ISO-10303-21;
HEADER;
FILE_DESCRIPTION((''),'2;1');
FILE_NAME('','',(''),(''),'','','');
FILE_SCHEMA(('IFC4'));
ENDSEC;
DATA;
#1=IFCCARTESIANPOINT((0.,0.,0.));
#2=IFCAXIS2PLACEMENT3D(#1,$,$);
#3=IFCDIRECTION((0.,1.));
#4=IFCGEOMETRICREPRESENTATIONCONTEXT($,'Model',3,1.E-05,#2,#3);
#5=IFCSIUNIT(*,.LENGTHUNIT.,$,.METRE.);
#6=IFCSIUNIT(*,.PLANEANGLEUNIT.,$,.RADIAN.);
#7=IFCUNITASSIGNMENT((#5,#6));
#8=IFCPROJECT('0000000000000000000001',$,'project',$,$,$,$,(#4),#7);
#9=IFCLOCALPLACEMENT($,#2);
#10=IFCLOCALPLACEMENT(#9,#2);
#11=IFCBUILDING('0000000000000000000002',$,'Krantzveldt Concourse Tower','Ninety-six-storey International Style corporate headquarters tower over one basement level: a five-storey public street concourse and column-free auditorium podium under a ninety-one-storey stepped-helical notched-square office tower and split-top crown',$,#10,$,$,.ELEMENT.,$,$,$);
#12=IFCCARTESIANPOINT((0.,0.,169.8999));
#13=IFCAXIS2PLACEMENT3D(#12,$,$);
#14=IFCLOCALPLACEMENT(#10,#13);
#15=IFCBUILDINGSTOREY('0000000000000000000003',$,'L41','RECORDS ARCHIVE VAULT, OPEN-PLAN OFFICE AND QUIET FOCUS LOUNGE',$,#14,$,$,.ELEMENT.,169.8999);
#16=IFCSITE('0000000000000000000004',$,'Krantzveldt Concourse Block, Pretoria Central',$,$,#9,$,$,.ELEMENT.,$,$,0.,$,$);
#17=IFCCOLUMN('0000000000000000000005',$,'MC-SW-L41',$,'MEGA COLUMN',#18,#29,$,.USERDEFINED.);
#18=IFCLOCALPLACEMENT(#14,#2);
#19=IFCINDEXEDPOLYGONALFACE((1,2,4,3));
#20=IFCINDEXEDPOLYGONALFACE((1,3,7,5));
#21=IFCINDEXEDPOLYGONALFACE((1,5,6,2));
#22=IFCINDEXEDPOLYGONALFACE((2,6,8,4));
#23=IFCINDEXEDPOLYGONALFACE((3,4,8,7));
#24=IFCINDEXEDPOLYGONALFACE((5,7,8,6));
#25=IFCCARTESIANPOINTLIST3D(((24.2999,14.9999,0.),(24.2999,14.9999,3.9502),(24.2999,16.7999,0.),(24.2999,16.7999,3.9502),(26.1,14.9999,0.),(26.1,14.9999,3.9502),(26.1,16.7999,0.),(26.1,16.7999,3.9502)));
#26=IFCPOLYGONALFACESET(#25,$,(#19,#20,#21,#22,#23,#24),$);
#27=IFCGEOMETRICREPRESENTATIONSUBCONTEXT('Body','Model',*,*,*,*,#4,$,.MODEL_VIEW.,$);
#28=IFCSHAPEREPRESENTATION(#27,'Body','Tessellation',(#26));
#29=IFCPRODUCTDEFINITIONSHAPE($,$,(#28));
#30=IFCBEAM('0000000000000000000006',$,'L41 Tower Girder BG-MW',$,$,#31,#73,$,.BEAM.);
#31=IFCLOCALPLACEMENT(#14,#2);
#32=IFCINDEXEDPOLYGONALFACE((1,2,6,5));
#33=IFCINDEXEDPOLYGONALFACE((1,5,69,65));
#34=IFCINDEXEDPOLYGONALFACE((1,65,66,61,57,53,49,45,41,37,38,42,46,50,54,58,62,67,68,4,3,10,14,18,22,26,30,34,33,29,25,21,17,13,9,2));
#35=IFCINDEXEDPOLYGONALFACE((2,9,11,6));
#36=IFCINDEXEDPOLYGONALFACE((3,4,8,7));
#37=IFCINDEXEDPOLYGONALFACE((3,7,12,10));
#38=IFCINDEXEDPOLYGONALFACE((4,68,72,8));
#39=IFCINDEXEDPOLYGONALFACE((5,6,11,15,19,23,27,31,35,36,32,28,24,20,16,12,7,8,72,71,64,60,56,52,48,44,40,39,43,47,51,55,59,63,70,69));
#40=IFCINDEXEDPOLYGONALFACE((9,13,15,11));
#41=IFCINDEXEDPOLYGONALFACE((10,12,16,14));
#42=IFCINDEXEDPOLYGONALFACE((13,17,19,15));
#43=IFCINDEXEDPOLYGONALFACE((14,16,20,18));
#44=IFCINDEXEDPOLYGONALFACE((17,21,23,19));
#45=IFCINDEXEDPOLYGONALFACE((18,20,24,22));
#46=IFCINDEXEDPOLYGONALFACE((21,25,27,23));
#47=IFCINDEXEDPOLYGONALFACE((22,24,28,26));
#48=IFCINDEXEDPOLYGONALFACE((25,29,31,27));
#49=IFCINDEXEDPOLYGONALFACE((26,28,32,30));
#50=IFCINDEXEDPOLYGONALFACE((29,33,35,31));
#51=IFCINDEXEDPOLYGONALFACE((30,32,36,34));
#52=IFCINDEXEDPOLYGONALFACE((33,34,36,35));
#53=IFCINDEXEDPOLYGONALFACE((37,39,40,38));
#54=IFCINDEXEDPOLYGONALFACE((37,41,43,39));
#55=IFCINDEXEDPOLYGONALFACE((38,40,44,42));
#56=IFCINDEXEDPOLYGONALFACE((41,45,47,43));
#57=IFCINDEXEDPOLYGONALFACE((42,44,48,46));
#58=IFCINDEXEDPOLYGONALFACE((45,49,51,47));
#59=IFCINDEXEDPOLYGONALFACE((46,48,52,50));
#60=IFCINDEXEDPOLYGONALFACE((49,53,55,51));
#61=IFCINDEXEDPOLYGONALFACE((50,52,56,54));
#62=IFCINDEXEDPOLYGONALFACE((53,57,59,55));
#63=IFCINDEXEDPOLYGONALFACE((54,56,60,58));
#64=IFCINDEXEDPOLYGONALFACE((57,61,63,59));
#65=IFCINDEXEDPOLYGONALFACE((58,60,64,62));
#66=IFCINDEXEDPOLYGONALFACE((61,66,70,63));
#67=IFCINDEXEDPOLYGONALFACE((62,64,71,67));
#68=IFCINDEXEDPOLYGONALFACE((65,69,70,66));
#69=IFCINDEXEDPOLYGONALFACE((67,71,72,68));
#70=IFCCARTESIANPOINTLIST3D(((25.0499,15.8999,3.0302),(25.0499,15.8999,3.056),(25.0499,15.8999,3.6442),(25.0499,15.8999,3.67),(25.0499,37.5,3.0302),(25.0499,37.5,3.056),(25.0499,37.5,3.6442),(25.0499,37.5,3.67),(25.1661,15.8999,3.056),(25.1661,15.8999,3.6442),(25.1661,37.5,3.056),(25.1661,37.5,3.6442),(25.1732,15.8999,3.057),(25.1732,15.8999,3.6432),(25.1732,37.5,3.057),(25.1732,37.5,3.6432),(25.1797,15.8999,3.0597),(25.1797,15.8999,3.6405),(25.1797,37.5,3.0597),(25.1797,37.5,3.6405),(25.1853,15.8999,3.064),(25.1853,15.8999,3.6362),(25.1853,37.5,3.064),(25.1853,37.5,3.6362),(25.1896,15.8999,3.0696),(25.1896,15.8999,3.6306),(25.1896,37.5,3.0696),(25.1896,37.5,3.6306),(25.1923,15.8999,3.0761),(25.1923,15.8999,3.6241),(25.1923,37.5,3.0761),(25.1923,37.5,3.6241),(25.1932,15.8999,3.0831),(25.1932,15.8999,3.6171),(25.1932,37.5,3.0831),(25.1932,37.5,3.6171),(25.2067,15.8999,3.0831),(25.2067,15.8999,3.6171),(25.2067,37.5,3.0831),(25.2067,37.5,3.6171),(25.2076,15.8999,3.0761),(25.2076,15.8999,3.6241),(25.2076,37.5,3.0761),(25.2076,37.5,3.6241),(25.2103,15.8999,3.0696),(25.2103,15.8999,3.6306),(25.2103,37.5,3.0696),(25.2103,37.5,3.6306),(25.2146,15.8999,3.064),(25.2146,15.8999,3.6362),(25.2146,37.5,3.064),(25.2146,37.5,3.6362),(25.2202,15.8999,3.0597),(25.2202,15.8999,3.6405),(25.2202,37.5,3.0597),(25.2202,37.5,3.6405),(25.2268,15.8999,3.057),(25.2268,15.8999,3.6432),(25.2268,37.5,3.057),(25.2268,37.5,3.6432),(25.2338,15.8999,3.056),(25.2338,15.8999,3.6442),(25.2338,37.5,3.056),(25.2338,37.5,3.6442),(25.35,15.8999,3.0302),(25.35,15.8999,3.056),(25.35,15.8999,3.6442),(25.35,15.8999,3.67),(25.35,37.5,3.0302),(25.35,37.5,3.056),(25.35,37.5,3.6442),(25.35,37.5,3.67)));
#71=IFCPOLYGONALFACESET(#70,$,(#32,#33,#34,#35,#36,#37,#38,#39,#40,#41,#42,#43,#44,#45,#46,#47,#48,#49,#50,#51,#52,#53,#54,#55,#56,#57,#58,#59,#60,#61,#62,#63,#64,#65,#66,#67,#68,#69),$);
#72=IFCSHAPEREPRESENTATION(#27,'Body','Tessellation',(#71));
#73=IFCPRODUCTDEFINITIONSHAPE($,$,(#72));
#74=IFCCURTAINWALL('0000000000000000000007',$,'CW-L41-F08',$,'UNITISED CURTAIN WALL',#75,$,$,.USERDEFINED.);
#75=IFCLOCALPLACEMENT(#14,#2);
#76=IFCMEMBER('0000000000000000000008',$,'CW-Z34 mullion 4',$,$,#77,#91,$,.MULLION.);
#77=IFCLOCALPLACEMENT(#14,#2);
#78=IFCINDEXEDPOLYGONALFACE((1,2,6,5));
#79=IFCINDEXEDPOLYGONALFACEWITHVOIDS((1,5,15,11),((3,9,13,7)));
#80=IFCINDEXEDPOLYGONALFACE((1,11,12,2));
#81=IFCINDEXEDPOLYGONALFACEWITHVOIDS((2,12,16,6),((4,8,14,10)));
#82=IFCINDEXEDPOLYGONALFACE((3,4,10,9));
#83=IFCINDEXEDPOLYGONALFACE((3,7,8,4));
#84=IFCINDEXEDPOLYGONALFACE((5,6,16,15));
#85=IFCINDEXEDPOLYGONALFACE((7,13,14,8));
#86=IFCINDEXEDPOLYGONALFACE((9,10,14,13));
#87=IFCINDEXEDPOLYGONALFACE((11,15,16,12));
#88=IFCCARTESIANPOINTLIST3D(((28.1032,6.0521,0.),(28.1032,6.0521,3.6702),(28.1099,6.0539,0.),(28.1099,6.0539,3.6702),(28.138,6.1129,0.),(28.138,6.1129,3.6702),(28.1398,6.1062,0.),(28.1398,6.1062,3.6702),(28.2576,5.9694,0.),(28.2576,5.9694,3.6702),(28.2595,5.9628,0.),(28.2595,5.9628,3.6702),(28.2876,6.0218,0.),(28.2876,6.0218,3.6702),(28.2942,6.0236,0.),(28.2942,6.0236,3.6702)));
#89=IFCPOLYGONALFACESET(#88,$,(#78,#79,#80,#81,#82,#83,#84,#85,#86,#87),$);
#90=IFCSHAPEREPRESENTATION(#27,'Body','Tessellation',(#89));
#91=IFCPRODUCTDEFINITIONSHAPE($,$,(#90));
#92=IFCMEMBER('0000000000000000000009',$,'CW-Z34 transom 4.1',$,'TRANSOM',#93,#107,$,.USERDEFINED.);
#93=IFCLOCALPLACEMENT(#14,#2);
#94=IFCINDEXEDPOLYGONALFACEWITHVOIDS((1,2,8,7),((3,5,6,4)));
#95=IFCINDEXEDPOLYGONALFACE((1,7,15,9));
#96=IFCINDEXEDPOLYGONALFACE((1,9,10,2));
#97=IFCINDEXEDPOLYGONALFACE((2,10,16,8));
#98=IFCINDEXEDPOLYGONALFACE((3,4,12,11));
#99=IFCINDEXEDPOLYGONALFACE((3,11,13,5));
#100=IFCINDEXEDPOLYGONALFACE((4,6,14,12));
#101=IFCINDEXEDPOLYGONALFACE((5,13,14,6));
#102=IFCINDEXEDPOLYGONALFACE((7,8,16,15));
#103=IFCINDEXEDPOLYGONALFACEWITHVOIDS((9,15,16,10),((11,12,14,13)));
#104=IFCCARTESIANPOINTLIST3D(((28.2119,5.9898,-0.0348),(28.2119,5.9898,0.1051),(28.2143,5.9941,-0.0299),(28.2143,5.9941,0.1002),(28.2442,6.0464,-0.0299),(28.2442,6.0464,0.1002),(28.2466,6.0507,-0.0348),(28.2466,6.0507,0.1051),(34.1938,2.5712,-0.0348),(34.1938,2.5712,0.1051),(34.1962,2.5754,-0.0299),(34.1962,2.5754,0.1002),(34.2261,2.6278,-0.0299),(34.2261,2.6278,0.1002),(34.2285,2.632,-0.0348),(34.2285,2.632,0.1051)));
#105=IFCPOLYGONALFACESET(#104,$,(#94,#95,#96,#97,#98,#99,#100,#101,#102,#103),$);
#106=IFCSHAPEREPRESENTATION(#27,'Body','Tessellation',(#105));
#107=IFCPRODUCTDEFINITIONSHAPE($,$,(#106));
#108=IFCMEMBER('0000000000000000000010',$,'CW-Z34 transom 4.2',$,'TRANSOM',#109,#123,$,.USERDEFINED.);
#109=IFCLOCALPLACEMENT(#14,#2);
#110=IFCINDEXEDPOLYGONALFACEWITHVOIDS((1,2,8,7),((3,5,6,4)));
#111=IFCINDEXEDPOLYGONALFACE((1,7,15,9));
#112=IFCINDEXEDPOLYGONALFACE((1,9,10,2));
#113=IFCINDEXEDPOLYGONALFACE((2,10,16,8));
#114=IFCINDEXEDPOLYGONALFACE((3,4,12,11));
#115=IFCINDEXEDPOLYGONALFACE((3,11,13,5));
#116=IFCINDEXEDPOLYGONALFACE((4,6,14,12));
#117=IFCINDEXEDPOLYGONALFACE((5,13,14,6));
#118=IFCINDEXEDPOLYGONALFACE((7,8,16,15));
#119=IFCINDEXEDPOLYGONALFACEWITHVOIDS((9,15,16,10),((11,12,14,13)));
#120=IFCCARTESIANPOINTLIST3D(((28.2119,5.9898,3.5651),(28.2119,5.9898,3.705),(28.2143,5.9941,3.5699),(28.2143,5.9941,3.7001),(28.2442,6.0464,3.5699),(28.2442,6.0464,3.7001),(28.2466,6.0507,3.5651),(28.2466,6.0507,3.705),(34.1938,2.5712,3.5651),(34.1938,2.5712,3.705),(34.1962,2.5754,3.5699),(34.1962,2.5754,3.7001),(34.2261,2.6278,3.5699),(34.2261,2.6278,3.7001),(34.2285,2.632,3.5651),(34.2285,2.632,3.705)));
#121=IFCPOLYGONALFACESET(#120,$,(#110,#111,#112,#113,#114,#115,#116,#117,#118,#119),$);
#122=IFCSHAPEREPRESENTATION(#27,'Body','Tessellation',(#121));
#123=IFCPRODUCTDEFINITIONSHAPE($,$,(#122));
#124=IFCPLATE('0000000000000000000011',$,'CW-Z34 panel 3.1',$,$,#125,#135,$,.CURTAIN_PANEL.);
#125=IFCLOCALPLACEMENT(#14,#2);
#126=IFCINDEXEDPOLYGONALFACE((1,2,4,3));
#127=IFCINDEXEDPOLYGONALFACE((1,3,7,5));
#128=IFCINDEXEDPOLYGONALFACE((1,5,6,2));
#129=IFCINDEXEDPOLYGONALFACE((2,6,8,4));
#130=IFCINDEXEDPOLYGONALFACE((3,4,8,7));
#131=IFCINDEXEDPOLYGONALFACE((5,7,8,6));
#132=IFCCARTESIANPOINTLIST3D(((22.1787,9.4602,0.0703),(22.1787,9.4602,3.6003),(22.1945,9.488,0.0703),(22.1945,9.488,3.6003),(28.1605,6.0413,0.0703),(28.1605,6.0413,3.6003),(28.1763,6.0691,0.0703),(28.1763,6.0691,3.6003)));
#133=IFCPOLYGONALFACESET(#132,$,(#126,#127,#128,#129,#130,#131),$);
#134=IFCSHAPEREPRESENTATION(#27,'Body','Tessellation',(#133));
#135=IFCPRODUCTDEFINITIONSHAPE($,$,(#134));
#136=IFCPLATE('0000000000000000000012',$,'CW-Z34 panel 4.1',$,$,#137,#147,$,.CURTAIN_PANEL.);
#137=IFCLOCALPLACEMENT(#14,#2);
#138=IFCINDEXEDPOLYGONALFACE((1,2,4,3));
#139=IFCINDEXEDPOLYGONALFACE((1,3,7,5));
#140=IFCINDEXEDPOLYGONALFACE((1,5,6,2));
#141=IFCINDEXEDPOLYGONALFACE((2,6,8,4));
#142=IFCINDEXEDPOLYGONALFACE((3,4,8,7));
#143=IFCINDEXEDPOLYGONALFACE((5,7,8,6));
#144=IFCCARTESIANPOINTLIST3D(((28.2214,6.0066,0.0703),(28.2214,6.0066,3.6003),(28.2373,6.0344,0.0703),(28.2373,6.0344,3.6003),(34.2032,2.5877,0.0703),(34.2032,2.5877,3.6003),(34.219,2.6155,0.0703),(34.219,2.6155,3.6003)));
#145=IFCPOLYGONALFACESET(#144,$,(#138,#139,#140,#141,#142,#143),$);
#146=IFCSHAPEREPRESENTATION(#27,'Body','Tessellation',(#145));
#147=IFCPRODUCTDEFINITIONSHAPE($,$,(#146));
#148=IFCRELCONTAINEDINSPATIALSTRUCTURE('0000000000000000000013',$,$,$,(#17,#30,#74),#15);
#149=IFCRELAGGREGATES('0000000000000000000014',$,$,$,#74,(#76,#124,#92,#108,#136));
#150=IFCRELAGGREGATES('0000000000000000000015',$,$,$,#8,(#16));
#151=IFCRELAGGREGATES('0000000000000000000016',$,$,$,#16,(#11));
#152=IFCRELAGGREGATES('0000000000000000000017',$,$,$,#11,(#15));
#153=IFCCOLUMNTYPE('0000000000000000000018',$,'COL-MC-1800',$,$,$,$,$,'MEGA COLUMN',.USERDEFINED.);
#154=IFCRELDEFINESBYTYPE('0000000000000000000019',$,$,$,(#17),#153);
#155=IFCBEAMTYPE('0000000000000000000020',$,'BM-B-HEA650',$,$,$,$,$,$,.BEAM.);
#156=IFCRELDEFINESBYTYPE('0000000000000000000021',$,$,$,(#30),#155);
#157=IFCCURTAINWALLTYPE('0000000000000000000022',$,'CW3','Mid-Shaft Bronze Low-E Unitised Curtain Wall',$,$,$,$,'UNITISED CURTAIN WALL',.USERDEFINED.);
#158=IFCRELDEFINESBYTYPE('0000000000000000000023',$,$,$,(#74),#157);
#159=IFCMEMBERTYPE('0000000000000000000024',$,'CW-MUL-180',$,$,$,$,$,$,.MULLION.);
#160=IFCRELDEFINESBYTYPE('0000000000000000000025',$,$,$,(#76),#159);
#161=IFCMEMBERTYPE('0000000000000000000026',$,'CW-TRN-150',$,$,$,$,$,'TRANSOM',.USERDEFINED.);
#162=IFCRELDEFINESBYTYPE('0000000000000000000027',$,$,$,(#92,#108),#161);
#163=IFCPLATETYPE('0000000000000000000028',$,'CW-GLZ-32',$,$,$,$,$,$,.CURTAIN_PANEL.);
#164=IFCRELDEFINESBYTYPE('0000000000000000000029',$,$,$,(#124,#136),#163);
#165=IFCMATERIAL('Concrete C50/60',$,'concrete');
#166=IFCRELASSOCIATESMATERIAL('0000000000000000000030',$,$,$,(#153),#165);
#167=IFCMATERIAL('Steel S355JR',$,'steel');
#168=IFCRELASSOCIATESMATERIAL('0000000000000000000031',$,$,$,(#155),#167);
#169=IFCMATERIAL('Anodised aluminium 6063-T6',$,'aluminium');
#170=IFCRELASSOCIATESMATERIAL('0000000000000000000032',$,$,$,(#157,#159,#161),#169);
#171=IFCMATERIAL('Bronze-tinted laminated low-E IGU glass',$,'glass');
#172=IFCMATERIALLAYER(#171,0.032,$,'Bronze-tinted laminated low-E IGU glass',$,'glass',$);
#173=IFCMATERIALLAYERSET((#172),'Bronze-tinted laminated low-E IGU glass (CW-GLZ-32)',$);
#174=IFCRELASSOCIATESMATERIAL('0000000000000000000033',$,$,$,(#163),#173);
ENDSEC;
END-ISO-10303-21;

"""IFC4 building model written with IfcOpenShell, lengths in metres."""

from ifc_helpers import new_model, si_unit, direction, frame, origin, origin_2d, place, context, subcontext, project, spatial, rectangle, hollow_rectangle, i_section, extrude, source, transform, mapped, material, layer, layer_set, material_profile, profile_set, type_object, type_shapes, element, aggregate, save


model = new_model("IFC4")

# Units and contexts
model_context = context("Model", 3, precision=1e-05, world=origin(), true_north=direction((0.0, 1.0)))
body_context = subcontext(model_context, "Body", "Model", "MODEL_VIEW")
ifc_project = project(units=[si_unit("LENGTHUNIT", "METRE"), si_unit("PLANEANGLEUNIT", "RADIAN")], contexts=[model_context])

# Site, building, storey
site_placement = place(None, origin())
site = spatial("IfcSite", under=ifc_project, at=site_placement, Name="Krantzveldt Concourse Block, Pretoria Central", CompositionType="ELEMENT", RefElevation=0.0)
building_placement = place(site_placement, origin())
building = spatial("IfcBuilding", under=site, at=building_placement, Name="Krantzveldt Concourse Tower", Description="Ninety-six-storey International Style corporate headquarters tower over one basement level: a five-storey public street concourse and column-free auditorium podium under a ninety-one-storey stepped-helical notched-square office tower and split-top crown", CompositionType="ELEMENT")
storey_placement = place(building_placement, frame((0.0, 0.0, 169.8999)))
storey = spatial("IfcBuildingStorey", under=building, at=storey_placement, Name="L41", Description="RECORDS ARCHIVE VAULT, OPEN-PLAN OFFICE AND QUIET FOCUS LOUNGE", CompositionType="ELEMENT", Elevation=169.8999)

# Column
ifc_material_1 = material(Name="Concrete C50/60", Category="concrete")
ifc_material_profile_1 = material_profile(ifc_material_1, rectangle(XDim=1.8, YDim=1.8, at=origin_2d()), Name="Concrete C50/60", Category="concrete")
ifc_profile_set_1 = profile_set([ifc_material_profile_1], Name="Concrete C50/60 - RC 1800x1800")
column_type = type_object("IfcColumnType", Name="COL-MC-1800", ElementType="MEGA COLUMN", PredefinedType="USERDEFINED", material=ifc_profile_set_1)
shared_shape_1 = source(origin(), body_context, "Body", "SweptSolid", [
    extrude(rectangle(XDim=1.8, YDim=1.8, at=origin_2d()), origin(), (0.0, 0.0, 1.0), 3.9502),
])
type_shapes(column_type, [shared_shape_1])
column_placement = place(storey_placement, frame((25.2, 15.8999, 0.0), z_axis=(0.0, 0.0, 1.0), x_axis=(1.0, 0.0, 0.0)))
element("IfcColumn", 1, at=column_placement, inside=storey, type_object=column_type, Name="MC-SW-L41", ObjectType="MEGA COLUMN", PredefinedType="USERDEFINED", context=body_context, shape_type="MappedRepresentation", body=[
    mapped(shared_shape_1, transform((0.0, 0.0, 0.0), x_axis=(1.0, 0.0, 0.0), y_axis=(0.0, 1.0, 0.0), z_axis=(0.0, 0.0, 1.0), scale=1.0)),
])

# Beam
ifc_material_2 = material(Name="Steel S355JR", Category="steel")
ifc_material_profile_2 = material_profile(ifc_material_2, i_section(OverallWidth=0.3, OverallDepth=0.6399, WebThickness=0.0134, FlangeThickness=0.0259, FilletRadius=0.0271, at=origin_2d()), Name="Steel S355JR", Category="steel")
ifc_profile_set_2 = profile_set([ifc_material_profile_2], Name="Steel S355JR - HEA 650")
beam_type = type_object("IfcBeamType", Name="BM-B-HEA650", PredefinedType="BEAM", material=ifc_profile_set_2)
shared_shape_2 = source(origin(), body_context, "Body", "SweptSolid", [
    extrude(i_section(OverallWidth=0.3, OverallDepth=0.6399, WebThickness=0.0134, FlangeThickness=0.0259, FilletRadius=0.0271, at=origin_2d()), origin(), (0.0, 0.0, 1.0), 21.6001),
])
type_shapes(beam_type, [shared_shape_2])
beam_placement = place(storey_placement, frame((25.2, 15.8999, 3.3501), z_axis=(0.0, 1.0, 0.0), x_axis=(-1.0, 0.0, 0.0)))
element("IfcBeam", 2, at=beam_placement, inside=storey, type_object=beam_type, Name="L41 Tower Girder BG-MW", PredefinedType="BEAM", context=body_context, shape_type="MappedRepresentation", body=[
    mapped(shared_shape_2, transform((0.0, 0.0, 0.0), x_axis=(1.0, 0.0, 0.0), y_axis=(0.0, 1.0, 0.0), z_axis=(0.0, 0.0, 1.0), scale=1.0)),
])

# Curtain wall, members, plates
ifc_material_3 = material(Name="Anodised aluminium 6063-T6", Category="aluminium")
curtain_wall_type = type_object("IfcCurtainWallType", Name="CW3", Description="Mid-Shaft Bronze Low-E Unitised Curtain Wall", ElementType="UNITISED CURTAIN WALL", PredefinedType="USERDEFINED", material=ifc_material_3)
curtain_wall_placement = place(storey_placement, origin())
curtain_wall = element("IfcCurtainWall", 3, at=curtain_wall_placement, inside=storey, type_object=curtain_wall_type, Name="CW-L41-F08", ObjectType="UNITISED CURTAIN WALL", PredefinedType="USERDEFINED")
ifc_material_profile_3 = material_profile(ifc_material_3, hollow_rectangle(XDim=0.0701, YDim=0.1799, WallThickness=0.0049, at=origin_2d()), Name="Anodised aluminium 6063-T6", Category="aluminium")
ifc_profile_set_3 = profile_set([ifc_material_profile_3], Name="Anodised aluminium 6063-T6 - ALU-MULL 180x70x5")
member_type_1 = type_object("IfcMemberType", Name="CW-MUL-180", PredefinedType="MULLION", material=ifc_profile_set_3)
shared_shape_3 = source(origin(), body_context, "Body", "SweptSolid", [
    extrude(hollow_rectangle(XDim=0.0701, YDim=0.1799, WallThickness=0.0049, at=origin_2d()), origin(), (0.0, 0.0, 1.0), 3.6702),
])
type_shapes(member_type_1, [shared_shape_3])
member_1_placement = place(storey_placement, frame((28.1987, 6.0378, 0.0), z_axis=(0.0, 0.0, 1.0), x_axis=(0.496216, 0.868199, 0.0)))
member_1 = element("IfcMember", 4, at=member_1_placement, type_object=member_type_1, Name="CW-Z34 mullion 4", PredefinedType="MULLION", context=body_context, shape_type="MappedRepresentation", body=[
    mapped(shared_shape_3, transform((0.0, 0.0, 0.0), x_axis=(1.0, 0.0, 0.0), y_axis=(0.0, 1.0, 0.0), z_axis=(0.0, 0.0, 1.0), scale=1.0)),
])
ifc_material_profile_4 = material_profile(ifc_material_3, hollow_rectangle(XDim=0.0701, YDim=0.1399, WallThickness=0.0049, at=origin_2d()), Name="Anodised aluminium 6063-T6", Category="aluminium")
ifc_profile_set_4 = profile_set([ifc_material_profile_4], Name="Anodised aluminium 6063-T6 - ALU-TRAN 140x70x5")
member_type_2 = type_object("IfcMemberType", Name="CW-TRN-150", ElementType="TRANSOM", PredefinedType="USERDEFINED", material=ifc_profile_set_4)
shared_shape_4 = source(origin(), body_context, "Body", "SweptSolid", [
    extrude(hollow_rectangle(XDim=0.0701, YDim=0.1399, WallThickness=0.0049, at=origin_2d()), origin(), (0.0, 0.0, 1.0), 6.8899),
])
type_shapes(member_type_2, [shared_shape_4])
member_2_placement = place(storey_placement, frame((28.2292, 6.0203, 0.0352), z_axis=(0.868215, -0.496189, 0.0), x_axis=(0.496189, 0.868215, 0.0)))
member_2 = element("IfcMember", 5, at=member_2_placement, type_object=member_type_2, Name="CW-Z34 transom 4.1", ObjectType="TRANSOM", PredefinedType="USERDEFINED", context=body_context, shape_type="MappedRepresentation", body=[
    mapped(shared_shape_4, transform((0.0, 0.0, 0.0), x_axis=(1.0, 0.0, 0.0), y_axis=(0.0, 1.0, 0.0), z_axis=(0.0, 0.0, 1.0), scale=1.0)),
])
member_3_placement = place(storey_placement, frame((28.2292, 6.0203, 3.635), z_axis=(0.868215, -0.496189, 0.0), x_axis=(0.496189, 0.868215, 0.0)))
member_3 = element("IfcMember", 6, at=member_3_placement, type_object=member_type_2, Name="CW-Z34 transom 4.2", ObjectType="TRANSOM", PredefinedType="USERDEFINED", context=body_context, shape_type="MappedRepresentation", body=[
    mapped(shared_shape_4, transform((0.0, 0.0, 0.0), x_axis=(1.0, 0.0, 0.0), y_axis=(0.0, 1.0, 0.0), z_axis=(0.0, 0.0, 1.0), scale=1.0)),
])
ifc_material_4 = material(Name="Bronze-tinted laminated low-E IGU glass", Category="glass")
ifc_layer_1 = layer(ifc_material_4, 0.032, Name="Bronze-tinted laminated low-E IGU glass", Category="glass")
ifc_layer_set_1 = layer_set([ifc_layer_1], Name="Bronze-tinted laminated low-E IGU glass (CW-GLZ-32)")
plate_type = type_object("IfcPlateType", Name="CW-GLZ-32", PredefinedType="CURTAIN_PANEL", material=ifc_layer_set_1)
shared_shape_5 = source(origin(), body_context, "Body", "SweptSolid", [
    extrude(rectangle(XDim=6.8899, YDim=0.032, at=origin_2d()), origin(), (0.0, 0.0, 1.0), 3.53),
])
type_shapes(plate_type, [shared_shape_5])
plate_1_placement = place(storey_placement, frame((25.1775, 7.7646, 0.0703), z_axis=(0.0, 0.0, 1.0), x_axis=(0.868199, -0.496216, 0.0)))
plate_1 = element("IfcPlate", 7, at=plate_1_placement, type_object=plate_type, Name="CW-Z34 panel 3.1", PredefinedType="CURTAIN_PANEL", context=body_context, shape_type="MappedRepresentation", body=[
    mapped(shared_shape_5, transform((0.0, 0.0, 0.0), x_axis=(1.0, 0.0, 0.0), y_axis=(0.0, 1.0, 0.0), z_axis=(0.0, 0.0, 1.0), scale=1.0)),
])
plate_2_placement = place(storey_placement, frame((31.2202, 4.311, 0.0703), z_axis=(0.0, 0.0, 1.0), x_axis=(0.868199, -0.496216, 0.0)))
plate_2 = element("IfcPlate", 8, at=plate_2_placement, type_object=plate_type, Name="CW-Z34 panel 4.1", PredefinedType="CURTAIN_PANEL", context=body_context, shape_type="MappedRepresentation", body=[
    mapped(shared_shape_5, transform((0.0, 0.0, 0.0), x_axis=(1.0, 0.0, 0.0), y_axis=(0.0, 1.0, 0.0), z_axis=(0.0, 0.0, 1.0), scale=1.0)),
])
aggregate(curtain_wall, [member_1, plate_1, member_2, member_3, plate_2])

save(model, "model.ifc")
